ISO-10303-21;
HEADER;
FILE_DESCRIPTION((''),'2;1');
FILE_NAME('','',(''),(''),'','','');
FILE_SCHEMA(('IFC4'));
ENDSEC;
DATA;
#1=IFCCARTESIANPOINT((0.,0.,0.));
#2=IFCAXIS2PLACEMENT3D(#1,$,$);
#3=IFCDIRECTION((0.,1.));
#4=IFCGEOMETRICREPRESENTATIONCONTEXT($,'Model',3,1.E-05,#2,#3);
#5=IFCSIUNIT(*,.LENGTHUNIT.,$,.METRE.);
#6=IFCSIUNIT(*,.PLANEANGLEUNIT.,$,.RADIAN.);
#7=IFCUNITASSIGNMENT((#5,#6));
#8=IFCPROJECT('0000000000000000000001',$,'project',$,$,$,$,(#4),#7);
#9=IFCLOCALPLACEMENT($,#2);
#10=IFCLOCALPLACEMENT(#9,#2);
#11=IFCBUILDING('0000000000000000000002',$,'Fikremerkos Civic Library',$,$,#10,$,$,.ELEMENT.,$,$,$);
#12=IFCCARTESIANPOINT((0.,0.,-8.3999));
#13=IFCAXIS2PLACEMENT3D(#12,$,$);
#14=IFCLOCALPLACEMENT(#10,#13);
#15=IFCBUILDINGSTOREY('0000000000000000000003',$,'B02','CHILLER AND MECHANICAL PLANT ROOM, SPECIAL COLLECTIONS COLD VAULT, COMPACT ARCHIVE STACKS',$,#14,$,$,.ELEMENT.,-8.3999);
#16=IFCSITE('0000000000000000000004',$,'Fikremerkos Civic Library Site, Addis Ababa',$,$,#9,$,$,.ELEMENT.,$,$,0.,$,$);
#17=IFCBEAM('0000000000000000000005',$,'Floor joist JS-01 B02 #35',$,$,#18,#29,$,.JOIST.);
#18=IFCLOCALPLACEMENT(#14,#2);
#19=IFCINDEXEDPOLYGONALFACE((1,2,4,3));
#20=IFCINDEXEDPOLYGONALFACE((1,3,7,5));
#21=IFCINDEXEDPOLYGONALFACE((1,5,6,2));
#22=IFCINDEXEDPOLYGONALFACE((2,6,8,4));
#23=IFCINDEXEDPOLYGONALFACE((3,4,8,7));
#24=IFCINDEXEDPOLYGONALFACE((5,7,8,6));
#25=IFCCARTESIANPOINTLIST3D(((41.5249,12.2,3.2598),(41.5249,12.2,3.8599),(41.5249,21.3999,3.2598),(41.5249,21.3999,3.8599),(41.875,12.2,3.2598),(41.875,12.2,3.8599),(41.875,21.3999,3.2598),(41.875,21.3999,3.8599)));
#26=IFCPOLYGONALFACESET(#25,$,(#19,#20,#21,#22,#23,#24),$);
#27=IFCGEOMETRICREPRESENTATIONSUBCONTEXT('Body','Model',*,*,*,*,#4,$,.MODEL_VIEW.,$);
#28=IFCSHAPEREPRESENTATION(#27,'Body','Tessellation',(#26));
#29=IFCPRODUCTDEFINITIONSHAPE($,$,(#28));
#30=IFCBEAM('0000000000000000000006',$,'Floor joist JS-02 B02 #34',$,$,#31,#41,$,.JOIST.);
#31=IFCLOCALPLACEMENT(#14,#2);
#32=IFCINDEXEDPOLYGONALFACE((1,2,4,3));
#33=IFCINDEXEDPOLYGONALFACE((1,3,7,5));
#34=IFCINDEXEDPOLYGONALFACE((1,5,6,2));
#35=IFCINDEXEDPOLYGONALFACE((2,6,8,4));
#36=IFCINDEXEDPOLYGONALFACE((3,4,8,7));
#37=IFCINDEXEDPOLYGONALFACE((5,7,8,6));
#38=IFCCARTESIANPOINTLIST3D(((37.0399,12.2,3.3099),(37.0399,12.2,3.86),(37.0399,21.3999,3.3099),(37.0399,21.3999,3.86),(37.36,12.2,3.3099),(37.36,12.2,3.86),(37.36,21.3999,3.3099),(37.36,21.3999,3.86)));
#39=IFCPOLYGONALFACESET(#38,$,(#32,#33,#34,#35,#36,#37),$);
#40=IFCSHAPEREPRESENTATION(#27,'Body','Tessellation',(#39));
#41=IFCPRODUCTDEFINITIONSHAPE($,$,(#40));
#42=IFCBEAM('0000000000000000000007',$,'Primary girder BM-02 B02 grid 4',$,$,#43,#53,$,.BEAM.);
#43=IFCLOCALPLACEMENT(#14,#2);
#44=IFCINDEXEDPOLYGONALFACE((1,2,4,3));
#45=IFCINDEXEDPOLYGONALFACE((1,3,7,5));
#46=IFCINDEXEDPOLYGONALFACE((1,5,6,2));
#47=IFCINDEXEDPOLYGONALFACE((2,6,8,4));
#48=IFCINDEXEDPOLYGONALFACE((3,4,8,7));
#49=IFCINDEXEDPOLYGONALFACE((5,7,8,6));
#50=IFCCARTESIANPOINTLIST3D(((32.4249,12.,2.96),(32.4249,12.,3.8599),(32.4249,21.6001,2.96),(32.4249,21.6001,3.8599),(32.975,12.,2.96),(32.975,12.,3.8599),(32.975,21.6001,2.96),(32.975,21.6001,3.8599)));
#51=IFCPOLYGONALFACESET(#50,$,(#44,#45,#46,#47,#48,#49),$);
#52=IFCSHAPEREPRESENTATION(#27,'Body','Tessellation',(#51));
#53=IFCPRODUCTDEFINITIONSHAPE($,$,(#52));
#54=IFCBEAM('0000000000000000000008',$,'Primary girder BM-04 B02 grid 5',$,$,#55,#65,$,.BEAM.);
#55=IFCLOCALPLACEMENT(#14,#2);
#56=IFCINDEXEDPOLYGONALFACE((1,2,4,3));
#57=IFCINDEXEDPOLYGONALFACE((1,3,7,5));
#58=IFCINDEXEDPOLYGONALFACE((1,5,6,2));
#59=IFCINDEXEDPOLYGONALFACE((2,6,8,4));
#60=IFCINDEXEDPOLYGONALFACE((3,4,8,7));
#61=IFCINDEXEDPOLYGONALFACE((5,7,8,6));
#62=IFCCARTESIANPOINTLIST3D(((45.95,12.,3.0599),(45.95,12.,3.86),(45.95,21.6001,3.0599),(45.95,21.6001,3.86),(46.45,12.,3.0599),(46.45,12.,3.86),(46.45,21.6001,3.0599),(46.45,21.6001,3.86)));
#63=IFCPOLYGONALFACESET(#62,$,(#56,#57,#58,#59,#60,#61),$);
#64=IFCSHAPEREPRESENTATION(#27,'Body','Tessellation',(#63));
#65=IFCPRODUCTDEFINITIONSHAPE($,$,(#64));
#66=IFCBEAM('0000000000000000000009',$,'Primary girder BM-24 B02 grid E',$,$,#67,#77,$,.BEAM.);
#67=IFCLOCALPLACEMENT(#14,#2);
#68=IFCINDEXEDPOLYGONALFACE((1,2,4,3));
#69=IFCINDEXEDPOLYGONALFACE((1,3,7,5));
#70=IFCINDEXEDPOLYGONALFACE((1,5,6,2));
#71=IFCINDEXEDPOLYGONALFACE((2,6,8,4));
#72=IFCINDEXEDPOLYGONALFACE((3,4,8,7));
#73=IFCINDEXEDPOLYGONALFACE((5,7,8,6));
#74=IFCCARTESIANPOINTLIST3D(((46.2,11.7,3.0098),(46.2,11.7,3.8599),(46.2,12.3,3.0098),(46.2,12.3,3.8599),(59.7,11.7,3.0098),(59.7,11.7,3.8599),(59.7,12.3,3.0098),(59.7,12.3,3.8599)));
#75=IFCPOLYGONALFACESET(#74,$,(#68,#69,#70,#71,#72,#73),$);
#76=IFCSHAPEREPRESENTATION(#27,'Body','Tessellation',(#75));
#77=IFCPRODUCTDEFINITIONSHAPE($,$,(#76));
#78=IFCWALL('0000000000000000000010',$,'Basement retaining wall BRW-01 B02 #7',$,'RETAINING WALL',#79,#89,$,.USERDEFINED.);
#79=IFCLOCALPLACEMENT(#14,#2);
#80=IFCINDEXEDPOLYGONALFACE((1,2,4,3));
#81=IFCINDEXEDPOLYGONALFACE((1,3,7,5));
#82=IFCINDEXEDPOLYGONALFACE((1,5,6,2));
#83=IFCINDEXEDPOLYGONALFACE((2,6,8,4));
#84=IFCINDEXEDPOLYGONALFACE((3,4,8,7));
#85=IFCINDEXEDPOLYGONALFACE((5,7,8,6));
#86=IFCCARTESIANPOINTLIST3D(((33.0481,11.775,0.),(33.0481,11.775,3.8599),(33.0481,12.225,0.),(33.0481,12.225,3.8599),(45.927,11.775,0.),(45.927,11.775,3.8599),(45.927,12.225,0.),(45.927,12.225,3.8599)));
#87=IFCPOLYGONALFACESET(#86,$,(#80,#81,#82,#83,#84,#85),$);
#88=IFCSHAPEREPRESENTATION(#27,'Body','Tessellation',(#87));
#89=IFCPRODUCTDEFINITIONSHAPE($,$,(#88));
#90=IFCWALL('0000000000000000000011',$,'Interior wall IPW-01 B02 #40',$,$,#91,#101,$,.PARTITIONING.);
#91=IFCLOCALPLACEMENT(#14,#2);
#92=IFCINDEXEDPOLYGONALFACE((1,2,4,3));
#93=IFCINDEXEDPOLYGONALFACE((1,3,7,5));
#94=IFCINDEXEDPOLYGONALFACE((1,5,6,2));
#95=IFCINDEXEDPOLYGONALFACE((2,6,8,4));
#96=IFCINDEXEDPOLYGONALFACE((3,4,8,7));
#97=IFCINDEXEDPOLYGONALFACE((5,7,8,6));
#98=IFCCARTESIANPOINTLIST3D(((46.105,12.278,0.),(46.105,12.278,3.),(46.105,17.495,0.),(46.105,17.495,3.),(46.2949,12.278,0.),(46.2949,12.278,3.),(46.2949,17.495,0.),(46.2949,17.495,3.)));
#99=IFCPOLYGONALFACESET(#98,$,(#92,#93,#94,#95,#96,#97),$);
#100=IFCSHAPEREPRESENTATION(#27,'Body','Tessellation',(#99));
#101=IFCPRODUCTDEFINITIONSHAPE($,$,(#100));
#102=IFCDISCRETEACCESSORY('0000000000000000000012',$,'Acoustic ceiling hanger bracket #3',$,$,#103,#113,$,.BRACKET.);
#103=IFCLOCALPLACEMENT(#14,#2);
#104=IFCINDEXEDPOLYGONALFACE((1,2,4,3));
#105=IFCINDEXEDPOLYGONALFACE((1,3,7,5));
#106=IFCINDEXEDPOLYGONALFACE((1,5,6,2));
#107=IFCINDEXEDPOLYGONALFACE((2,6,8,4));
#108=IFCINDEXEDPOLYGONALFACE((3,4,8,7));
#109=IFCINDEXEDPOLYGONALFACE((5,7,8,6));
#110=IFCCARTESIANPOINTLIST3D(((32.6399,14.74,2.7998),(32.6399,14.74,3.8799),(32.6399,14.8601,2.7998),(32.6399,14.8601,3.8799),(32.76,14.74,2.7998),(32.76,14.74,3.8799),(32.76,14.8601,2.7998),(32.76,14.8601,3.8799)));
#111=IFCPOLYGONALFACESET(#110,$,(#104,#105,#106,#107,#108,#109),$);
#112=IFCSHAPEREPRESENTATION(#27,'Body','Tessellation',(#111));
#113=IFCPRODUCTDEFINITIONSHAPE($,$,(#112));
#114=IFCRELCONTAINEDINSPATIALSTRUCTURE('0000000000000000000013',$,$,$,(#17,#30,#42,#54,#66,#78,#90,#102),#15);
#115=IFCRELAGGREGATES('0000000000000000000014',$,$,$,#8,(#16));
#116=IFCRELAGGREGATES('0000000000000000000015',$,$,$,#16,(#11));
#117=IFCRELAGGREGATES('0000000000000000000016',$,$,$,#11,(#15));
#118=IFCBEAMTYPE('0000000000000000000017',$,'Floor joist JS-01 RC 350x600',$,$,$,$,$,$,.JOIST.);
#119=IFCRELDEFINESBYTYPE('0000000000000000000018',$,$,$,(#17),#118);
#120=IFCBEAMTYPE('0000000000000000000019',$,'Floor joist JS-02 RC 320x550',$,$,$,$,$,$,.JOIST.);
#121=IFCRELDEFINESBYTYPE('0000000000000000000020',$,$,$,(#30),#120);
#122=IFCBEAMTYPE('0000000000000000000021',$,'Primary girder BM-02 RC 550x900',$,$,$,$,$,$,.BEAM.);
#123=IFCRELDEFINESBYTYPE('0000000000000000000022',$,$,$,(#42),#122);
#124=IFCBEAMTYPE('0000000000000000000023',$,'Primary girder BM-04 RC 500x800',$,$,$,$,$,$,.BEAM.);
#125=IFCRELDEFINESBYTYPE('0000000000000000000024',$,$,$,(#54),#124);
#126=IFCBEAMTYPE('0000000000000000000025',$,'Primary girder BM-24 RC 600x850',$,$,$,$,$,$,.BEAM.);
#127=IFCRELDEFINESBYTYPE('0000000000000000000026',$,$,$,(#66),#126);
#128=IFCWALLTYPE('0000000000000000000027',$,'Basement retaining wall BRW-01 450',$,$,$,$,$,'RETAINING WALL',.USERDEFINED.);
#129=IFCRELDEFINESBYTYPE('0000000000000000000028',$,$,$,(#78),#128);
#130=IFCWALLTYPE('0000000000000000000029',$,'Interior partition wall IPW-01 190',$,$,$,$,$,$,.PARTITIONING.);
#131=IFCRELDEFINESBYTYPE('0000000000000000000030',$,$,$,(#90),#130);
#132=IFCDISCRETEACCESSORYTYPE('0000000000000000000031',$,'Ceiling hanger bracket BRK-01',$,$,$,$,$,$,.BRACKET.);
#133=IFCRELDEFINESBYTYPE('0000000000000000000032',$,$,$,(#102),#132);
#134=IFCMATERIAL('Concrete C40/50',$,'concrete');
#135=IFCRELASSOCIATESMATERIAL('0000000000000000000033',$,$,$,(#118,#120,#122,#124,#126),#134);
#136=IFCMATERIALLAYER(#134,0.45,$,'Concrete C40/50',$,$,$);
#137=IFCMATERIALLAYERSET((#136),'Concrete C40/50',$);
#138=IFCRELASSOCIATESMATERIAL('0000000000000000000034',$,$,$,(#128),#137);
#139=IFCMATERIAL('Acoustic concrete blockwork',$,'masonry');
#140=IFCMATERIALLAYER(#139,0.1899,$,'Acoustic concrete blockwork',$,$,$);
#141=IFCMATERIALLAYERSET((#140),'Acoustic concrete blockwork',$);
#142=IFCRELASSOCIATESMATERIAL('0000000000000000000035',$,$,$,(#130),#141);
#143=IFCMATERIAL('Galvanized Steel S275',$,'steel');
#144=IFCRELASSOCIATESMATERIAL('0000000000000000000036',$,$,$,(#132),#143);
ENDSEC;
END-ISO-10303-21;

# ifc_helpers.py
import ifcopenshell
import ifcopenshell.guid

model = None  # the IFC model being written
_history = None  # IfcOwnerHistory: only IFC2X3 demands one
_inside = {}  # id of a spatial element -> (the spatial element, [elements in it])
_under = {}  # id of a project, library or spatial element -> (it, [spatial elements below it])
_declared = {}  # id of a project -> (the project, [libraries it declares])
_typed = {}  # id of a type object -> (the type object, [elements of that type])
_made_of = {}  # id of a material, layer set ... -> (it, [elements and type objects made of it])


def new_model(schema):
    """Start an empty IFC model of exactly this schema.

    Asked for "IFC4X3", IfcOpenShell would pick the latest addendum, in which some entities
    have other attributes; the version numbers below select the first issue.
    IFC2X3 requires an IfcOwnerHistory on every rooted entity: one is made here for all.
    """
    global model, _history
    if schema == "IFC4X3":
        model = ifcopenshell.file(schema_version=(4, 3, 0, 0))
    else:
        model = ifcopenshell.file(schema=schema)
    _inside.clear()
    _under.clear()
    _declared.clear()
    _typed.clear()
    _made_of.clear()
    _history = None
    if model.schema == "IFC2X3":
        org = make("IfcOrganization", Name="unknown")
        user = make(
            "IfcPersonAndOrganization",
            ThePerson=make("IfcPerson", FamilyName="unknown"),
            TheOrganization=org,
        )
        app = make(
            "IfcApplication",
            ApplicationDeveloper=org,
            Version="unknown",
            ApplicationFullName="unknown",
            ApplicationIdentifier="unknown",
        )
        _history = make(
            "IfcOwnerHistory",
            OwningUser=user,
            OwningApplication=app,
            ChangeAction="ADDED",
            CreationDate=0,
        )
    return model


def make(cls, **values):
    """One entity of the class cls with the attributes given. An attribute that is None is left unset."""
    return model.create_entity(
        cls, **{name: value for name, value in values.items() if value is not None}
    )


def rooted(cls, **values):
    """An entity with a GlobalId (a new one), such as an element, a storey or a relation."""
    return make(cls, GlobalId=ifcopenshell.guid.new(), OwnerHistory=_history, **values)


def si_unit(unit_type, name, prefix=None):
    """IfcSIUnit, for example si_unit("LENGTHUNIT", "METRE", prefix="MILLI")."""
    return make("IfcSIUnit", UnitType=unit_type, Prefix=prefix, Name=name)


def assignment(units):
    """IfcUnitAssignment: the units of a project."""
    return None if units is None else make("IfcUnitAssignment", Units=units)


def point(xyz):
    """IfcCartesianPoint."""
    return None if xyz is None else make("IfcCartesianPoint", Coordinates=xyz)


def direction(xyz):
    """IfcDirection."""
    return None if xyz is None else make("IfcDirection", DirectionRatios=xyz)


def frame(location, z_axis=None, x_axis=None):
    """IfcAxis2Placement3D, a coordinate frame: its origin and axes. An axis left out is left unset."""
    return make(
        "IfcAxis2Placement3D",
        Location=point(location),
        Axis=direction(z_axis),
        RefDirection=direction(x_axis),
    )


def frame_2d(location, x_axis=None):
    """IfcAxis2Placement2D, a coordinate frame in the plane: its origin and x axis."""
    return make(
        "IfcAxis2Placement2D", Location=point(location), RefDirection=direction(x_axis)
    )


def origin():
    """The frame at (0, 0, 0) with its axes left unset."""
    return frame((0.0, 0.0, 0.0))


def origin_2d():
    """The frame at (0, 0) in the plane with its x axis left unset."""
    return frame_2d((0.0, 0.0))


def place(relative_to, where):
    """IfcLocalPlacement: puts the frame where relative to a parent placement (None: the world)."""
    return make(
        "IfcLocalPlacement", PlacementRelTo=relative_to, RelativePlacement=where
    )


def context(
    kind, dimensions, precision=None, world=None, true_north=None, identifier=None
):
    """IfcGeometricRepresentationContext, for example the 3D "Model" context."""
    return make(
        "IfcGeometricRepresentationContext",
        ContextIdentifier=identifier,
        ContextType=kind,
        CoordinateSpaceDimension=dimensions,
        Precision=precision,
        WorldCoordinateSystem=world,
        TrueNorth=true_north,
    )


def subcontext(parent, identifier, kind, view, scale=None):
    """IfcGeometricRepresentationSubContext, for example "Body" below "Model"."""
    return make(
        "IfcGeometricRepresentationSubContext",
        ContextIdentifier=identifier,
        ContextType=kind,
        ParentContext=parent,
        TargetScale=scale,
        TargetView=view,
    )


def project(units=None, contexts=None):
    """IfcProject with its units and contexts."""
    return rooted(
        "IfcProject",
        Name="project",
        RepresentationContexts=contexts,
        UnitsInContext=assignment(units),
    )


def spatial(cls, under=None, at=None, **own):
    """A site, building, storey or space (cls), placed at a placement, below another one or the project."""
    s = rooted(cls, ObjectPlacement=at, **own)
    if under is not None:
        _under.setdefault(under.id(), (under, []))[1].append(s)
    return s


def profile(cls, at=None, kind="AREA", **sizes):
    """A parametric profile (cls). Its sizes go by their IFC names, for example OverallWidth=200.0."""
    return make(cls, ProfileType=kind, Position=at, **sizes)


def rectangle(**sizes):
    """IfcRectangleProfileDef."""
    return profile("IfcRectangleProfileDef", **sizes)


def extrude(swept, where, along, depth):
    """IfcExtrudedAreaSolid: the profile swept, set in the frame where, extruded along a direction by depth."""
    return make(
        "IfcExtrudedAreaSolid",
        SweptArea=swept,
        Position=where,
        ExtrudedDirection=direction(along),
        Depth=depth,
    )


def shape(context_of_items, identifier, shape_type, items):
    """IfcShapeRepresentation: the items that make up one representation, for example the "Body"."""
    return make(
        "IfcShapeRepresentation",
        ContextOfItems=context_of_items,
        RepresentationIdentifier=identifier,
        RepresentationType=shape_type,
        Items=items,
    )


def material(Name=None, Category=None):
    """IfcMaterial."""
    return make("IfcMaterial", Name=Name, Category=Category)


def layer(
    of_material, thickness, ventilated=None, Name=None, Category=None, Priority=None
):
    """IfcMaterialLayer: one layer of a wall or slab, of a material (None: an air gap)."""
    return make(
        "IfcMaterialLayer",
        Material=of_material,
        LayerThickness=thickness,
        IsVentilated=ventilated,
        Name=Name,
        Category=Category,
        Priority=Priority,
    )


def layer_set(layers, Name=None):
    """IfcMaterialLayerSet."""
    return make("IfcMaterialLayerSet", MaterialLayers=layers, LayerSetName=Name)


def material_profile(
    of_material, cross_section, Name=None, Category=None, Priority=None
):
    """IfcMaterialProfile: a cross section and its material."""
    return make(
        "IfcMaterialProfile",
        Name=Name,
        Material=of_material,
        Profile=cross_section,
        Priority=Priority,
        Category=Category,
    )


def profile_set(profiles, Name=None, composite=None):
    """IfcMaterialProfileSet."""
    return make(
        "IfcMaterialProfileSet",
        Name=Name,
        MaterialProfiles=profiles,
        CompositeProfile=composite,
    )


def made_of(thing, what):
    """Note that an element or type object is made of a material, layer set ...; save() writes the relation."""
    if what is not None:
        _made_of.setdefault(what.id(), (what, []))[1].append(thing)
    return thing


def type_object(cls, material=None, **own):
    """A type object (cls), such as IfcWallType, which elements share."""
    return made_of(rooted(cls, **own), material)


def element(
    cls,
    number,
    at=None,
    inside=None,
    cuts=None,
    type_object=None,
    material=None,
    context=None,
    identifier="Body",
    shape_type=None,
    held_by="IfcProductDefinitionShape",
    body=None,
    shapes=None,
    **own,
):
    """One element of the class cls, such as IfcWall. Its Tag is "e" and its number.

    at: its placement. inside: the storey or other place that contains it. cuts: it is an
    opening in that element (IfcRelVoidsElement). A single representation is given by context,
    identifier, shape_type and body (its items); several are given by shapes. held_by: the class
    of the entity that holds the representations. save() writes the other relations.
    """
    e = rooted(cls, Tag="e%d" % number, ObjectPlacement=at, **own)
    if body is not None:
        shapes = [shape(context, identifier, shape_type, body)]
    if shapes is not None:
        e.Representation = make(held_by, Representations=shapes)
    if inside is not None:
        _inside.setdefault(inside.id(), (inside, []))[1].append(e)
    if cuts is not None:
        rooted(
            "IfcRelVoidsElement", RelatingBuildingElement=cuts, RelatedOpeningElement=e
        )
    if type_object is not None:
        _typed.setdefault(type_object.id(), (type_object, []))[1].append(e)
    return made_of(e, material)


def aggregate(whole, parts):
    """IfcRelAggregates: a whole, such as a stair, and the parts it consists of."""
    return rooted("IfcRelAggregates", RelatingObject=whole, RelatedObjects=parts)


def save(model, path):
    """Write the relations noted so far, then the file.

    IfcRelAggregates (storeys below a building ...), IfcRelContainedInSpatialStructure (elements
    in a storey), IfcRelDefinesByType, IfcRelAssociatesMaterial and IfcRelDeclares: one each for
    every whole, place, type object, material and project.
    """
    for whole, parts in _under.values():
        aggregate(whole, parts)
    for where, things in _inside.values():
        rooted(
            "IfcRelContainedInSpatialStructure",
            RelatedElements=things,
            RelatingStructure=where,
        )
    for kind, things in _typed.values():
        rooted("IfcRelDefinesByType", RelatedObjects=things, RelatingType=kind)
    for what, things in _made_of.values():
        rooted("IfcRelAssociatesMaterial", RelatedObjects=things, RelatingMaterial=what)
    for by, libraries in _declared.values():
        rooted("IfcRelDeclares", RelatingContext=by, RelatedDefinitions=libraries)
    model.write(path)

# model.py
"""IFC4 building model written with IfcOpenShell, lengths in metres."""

from ifc_helpers import new_model, si_unit, direction, frame, frame_2d, origin, origin_2d, place, context, subcontext, project, spatial, rectangle, extrude, material, layer, layer_set, material_profile, profile_set, type_object, element, save


model = new_model("IFC4")

# Units and contexts
model_context = context("Model", 3, precision=1e-05, world=origin(), true_north=direction((0.0, 1.0)))
body_context = subcontext(model_context, "Body", "Model", "MODEL_VIEW")
ifc_project = project(units=[si_unit("LENGTHUNIT", "METRE"), si_unit("PLANEANGLEUNIT", "RADIAN")], contexts=[model_context])

# Site, building, storey
site_placement = place(None, origin())
site = spatial("IfcSite", under=ifc_project, at=site_placement, Name="Fikremerkos Civic Library Site, Addis Ababa", CompositionType="ELEMENT", RefElevation=0.0)
building_placement = place(site_placement, origin())
building = spatial("IfcBuilding", under=site, at=building_placement, Name="Fikremerkos Civic Library", CompositionType="ELEMENT")
storey_placement = place(building_placement, frame((0.0, 0.0, -8.3999)))
storey = spatial("IfcBuildingStorey", under=building, at=storey_placement, Name="B02", Description="CHILLER AND MECHANICAL PLANT ROOM, SPECIAL COLLECTIONS COLD VAULT, COMPACT ARCHIVE STACKS", CompositionType="ELEMENT", Elevation=-8.3999)

# Shared definitions
ifc_material_1 = material(Name="Concrete C40/50", Category="concrete")

# Beams
ifc_material_profile_1 = material_profile(ifc_material_1, rectangle(XDim=0.3501, YDim=0.6001, at=origin_2d()), Name="RC 350x600")
ifc_profile_set_1 = profile_set([ifc_material_profile_1], Name="Concrete C40/50")
beam_type_1 = type_object("IfcBeamType", Name="Floor joist JS-01 RC 350x600", PredefinedType="JOIST", material=ifc_profile_set_1)
beam_1_placement = place(storey_placement, frame((41.7, 12.2, 3.5598), z_axis=(0.0, 1.0, 0.0), x_axis=(-1.0, 0.0, 0.0)))
element("IfcBeam", 1, at=beam_1_placement, inside=storey, type_object=beam_type_1, Name="Floor joist JS-01 B02 #35", PredefinedType="JOIST", context=body_context, shape_type="SweptSolid", body=[
    extrude(rectangle(XDim=0.3501, YDim=0.6001, at=origin_2d()), origin(), (0.0, 0.0, 1.0), 9.2),
])
ifc_material_profile_2 = material_profile(ifc_material_1, rectangle(XDim=0.3201, YDim=0.55, at=origin_2d()), Name="RC 320x550")
ifc_profile_set_2 = profile_set([ifc_material_profile_2], Name="Concrete C40/50")
beam_type_2 = type_object("IfcBeamType", Name="Floor joist JS-02 RC 320x550", PredefinedType="JOIST", material=ifc_profile_set_2)
beam_2_placement = place(storey_placement, frame((37.2, 12.2, 3.585), z_axis=(0.0, 1.0, 0.0), x_axis=(-1.0, 0.0, 0.0)))
element("IfcBeam", 2, at=beam_2_placement, inside=storey, type_object=beam_type_2, Name="Floor joist JS-02 B02 #34", PredefinedType="JOIST", context=body_context, shape_type="SweptSolid", body=[
    extrude(rectangle(XDim=0.3201, YDim=0.55, at=origin_2d()), origin(), (0.0, 0.0, 1.0), 9.2),
])
ifc_material_profile_3 = material_profile(ifc_material_1, rectangle(XDim=0.55, YDim=0.8999, at=origin_2d()), Name="RC 550x900")
ifc_profile_set_3 = profile_set([ifc_material_profile_3], Name="Concrete C40/50")
beam_type_3 = type_object("IfcBeamType", Name="Primary girder BM-02 RC 550x900", PredefinedType="BEAM", material=ifc_profile_set_3)
beam_3_placement = place(storey_placement, frame((32.7, 12.0, 3.4099), z_axis=(0.0, 1.0, 0.0), x_axis=(-1.0, 0.0, 0.0)))
element("IfcBeam", 3, at=beam_3_placement, inside=storey, type_object=beam_type_3, Name="Primary girder BM-02 B02 grid 4", PredefinedType="BEAM", context=body_context, shape_type="SweptSolid", body=[
    extrude(rectangle(XDim=0.55, YDim=0.8999, at=origin_2d()), origin(), (0.0, 0.0, 1.0), 9.6001),
])
ifc_material_profile_4 = material_profile(ifc_material_1, rectangle(XDim=0.5, YDim=0.8, at=origin_2d()), Name="RC 500x800")
ifc_profile_set_4 = profile_set([ifc_material_profile_4], Name="Concrete C40/50")
beam_type_4 = type_object("IfcBeamType", Name="Primary girder BM-04 RC 500x800", PredefinedType="BEAM", material=ifc_profile_set_4)
beam_4_placement = place(storey_placement, frame((46.2, 12.0, 3.46), z_axis=(0.0, 1.0, 0.0), x_axis=(-1.0, 0.0, 0.0)))
element("IfcBeam", 4, at=beam_4_placement, inside=storey, type_object=beam_type_4, Name="Primary girder BM-04 B02 grid 5", PredefinedType="BEAM", context=body_context, shape_type="SweptSolid", body=[
    extrude(rectangle(XDim=0.5, YDim=0.8, at=origin_2d()), origin(), (0.0, 0.0, 1.0), 9.6001),
])
ifc_material_profile_5 = material_profile(ifc_material_1, rectangle(XDim=0.6001, YDim=0.8501, at=origin_2d()), Name="RC 600x850")
ifc_profile_set_5 = profile_set([ifc_material_profile_5], Name="Concrete C40/50")
beam_type_5 = type_object("IfcBeamType", Name="Primary girder BM-24 RC 600x850", PredefinedType="BEAM", material=ifc_profile_set_5)
beam_5_placement = place(storey_placement, frame((46.2, 12.0, 3.4348), z_axis=(1.0, 0.0, 0.0), x_axis=(0.0, 1.0, 0.0)))
element("IfcBeam", 5, at=beam_5_placement, inside=storey, type_object=beam_type_5, Name="Primary girder BM-24 B02 grid E", PredefinedType="BEAM", context=body_context, shape_type="SweptSolid", body=[
    extrude(rectangle(XDim=0.6001, YDim=0.8501, at=origin_2d()), origin(), (0.0, 0.0, 1.0), 13.5),
])

# Walls
ifc_layer_1 = layer(ifc_material_1, 0.45, Name="Concrete C40/50")
ifc_layer_set_1 = layer_set([ifc_layer_1], Name="Concrete C40/50")
wall_type_1 = type_object("IfcWallType", Name="Basement retaining wall BRW-01 450", ElementType="RETAINING WALL", PredefinedType="USERDEFINED", material=ifc_layer_set_1)
wall_1_placement = place(storey_placement, frame((45.927, 12.0, 0.0), z_axis=(0.0, 0.0, 1.0), x_axis=(-1.0, 0.0, 0.0)))
element("IfcWall", 6, at=wall_1_placement, inside=storey, type_object=wall_type_1, Name="Basement retaining wall BRW-01 B02 #7", ObjectType="RETAINING WALL", PredefinedType="USERDEFINED", context=body_context, shape_type="SweptSolid", body=[
    extrude(rectangle(XDim=12.8789, YDim=0.45, at=frame_2d((6.4395, 0.0))), origin(), (0.0, 0.0, 1.0), 3.8599),
])
ifc_material_2 = material(Name="Acoustic concrete blockwork", Category="masonry")
ifc_layer_2 = layer(ifc_material_2, 0.1899, Name="Acoustic concrete blockwork")
ifc_layer_set_2 = layer_set([ifc_layer_2], Name="Acoustic concrete blockwork")
wall_type_2 = type_object("IfcWallType", Name="Interior partition wall IPW-01 190", PredefinedType="PARTITIONING", material=ifc_layer_set_2)
wall_2_placement = place(storey_placement, frame((46.2, 12.2781, 0.0), z_axis=(0.0, 0.0, 1.0), x_axis=(0.0, 1.0, 0.0)))
element("IfcWall", 7, at=wall_2_placement, inside=storey, type_object=wall_type_2, Name="Interior wall IPW-01 B02 #40", PredefinedType="PARTITIONING", context=body_context, shape_type="SweptSolid", body=[
    extrude(rectangle(XDim=5.217, YDim=0.1899, at=frame_2d((2.6084, 0.0))), origin(), (0.0, 0.0, 1.0), 3.0),
])

# Discrete accessory
ifc_material_3 = material(Name="Galvanized Steel S275", Category="steel")
discrete_accessory_type = type_object("IfcDiscreteAccessoryType", Name="Ceiling hanger bracket BRK-01", PredefinedType="BRACKET", material=ifc_material_3)
discrete_accessory_placement = place(storey_placement, frame((32.7, 14.8, 2.7998), z_axis=(0.0, 0.0, 1.0), x_axis=(1.0, 0.0, 0.0)))
element("IfcDiscreteAccessory", 8, at=discrete_accessory_placement, inside=storey, type_object=discrete_accessory_type, Name="Acoustic ceiling hanger bracket #3", PredefinedType="BRACKET", context=body_context, shape_type="SweptSolid", body=[
    extrude(rectangle(XDim=0.1201, YDim=0.1201, at=origin_2d()), origin(), (0.0, 0.0, 1.0), 1.0801),
])

save(model, "model.ifc")
